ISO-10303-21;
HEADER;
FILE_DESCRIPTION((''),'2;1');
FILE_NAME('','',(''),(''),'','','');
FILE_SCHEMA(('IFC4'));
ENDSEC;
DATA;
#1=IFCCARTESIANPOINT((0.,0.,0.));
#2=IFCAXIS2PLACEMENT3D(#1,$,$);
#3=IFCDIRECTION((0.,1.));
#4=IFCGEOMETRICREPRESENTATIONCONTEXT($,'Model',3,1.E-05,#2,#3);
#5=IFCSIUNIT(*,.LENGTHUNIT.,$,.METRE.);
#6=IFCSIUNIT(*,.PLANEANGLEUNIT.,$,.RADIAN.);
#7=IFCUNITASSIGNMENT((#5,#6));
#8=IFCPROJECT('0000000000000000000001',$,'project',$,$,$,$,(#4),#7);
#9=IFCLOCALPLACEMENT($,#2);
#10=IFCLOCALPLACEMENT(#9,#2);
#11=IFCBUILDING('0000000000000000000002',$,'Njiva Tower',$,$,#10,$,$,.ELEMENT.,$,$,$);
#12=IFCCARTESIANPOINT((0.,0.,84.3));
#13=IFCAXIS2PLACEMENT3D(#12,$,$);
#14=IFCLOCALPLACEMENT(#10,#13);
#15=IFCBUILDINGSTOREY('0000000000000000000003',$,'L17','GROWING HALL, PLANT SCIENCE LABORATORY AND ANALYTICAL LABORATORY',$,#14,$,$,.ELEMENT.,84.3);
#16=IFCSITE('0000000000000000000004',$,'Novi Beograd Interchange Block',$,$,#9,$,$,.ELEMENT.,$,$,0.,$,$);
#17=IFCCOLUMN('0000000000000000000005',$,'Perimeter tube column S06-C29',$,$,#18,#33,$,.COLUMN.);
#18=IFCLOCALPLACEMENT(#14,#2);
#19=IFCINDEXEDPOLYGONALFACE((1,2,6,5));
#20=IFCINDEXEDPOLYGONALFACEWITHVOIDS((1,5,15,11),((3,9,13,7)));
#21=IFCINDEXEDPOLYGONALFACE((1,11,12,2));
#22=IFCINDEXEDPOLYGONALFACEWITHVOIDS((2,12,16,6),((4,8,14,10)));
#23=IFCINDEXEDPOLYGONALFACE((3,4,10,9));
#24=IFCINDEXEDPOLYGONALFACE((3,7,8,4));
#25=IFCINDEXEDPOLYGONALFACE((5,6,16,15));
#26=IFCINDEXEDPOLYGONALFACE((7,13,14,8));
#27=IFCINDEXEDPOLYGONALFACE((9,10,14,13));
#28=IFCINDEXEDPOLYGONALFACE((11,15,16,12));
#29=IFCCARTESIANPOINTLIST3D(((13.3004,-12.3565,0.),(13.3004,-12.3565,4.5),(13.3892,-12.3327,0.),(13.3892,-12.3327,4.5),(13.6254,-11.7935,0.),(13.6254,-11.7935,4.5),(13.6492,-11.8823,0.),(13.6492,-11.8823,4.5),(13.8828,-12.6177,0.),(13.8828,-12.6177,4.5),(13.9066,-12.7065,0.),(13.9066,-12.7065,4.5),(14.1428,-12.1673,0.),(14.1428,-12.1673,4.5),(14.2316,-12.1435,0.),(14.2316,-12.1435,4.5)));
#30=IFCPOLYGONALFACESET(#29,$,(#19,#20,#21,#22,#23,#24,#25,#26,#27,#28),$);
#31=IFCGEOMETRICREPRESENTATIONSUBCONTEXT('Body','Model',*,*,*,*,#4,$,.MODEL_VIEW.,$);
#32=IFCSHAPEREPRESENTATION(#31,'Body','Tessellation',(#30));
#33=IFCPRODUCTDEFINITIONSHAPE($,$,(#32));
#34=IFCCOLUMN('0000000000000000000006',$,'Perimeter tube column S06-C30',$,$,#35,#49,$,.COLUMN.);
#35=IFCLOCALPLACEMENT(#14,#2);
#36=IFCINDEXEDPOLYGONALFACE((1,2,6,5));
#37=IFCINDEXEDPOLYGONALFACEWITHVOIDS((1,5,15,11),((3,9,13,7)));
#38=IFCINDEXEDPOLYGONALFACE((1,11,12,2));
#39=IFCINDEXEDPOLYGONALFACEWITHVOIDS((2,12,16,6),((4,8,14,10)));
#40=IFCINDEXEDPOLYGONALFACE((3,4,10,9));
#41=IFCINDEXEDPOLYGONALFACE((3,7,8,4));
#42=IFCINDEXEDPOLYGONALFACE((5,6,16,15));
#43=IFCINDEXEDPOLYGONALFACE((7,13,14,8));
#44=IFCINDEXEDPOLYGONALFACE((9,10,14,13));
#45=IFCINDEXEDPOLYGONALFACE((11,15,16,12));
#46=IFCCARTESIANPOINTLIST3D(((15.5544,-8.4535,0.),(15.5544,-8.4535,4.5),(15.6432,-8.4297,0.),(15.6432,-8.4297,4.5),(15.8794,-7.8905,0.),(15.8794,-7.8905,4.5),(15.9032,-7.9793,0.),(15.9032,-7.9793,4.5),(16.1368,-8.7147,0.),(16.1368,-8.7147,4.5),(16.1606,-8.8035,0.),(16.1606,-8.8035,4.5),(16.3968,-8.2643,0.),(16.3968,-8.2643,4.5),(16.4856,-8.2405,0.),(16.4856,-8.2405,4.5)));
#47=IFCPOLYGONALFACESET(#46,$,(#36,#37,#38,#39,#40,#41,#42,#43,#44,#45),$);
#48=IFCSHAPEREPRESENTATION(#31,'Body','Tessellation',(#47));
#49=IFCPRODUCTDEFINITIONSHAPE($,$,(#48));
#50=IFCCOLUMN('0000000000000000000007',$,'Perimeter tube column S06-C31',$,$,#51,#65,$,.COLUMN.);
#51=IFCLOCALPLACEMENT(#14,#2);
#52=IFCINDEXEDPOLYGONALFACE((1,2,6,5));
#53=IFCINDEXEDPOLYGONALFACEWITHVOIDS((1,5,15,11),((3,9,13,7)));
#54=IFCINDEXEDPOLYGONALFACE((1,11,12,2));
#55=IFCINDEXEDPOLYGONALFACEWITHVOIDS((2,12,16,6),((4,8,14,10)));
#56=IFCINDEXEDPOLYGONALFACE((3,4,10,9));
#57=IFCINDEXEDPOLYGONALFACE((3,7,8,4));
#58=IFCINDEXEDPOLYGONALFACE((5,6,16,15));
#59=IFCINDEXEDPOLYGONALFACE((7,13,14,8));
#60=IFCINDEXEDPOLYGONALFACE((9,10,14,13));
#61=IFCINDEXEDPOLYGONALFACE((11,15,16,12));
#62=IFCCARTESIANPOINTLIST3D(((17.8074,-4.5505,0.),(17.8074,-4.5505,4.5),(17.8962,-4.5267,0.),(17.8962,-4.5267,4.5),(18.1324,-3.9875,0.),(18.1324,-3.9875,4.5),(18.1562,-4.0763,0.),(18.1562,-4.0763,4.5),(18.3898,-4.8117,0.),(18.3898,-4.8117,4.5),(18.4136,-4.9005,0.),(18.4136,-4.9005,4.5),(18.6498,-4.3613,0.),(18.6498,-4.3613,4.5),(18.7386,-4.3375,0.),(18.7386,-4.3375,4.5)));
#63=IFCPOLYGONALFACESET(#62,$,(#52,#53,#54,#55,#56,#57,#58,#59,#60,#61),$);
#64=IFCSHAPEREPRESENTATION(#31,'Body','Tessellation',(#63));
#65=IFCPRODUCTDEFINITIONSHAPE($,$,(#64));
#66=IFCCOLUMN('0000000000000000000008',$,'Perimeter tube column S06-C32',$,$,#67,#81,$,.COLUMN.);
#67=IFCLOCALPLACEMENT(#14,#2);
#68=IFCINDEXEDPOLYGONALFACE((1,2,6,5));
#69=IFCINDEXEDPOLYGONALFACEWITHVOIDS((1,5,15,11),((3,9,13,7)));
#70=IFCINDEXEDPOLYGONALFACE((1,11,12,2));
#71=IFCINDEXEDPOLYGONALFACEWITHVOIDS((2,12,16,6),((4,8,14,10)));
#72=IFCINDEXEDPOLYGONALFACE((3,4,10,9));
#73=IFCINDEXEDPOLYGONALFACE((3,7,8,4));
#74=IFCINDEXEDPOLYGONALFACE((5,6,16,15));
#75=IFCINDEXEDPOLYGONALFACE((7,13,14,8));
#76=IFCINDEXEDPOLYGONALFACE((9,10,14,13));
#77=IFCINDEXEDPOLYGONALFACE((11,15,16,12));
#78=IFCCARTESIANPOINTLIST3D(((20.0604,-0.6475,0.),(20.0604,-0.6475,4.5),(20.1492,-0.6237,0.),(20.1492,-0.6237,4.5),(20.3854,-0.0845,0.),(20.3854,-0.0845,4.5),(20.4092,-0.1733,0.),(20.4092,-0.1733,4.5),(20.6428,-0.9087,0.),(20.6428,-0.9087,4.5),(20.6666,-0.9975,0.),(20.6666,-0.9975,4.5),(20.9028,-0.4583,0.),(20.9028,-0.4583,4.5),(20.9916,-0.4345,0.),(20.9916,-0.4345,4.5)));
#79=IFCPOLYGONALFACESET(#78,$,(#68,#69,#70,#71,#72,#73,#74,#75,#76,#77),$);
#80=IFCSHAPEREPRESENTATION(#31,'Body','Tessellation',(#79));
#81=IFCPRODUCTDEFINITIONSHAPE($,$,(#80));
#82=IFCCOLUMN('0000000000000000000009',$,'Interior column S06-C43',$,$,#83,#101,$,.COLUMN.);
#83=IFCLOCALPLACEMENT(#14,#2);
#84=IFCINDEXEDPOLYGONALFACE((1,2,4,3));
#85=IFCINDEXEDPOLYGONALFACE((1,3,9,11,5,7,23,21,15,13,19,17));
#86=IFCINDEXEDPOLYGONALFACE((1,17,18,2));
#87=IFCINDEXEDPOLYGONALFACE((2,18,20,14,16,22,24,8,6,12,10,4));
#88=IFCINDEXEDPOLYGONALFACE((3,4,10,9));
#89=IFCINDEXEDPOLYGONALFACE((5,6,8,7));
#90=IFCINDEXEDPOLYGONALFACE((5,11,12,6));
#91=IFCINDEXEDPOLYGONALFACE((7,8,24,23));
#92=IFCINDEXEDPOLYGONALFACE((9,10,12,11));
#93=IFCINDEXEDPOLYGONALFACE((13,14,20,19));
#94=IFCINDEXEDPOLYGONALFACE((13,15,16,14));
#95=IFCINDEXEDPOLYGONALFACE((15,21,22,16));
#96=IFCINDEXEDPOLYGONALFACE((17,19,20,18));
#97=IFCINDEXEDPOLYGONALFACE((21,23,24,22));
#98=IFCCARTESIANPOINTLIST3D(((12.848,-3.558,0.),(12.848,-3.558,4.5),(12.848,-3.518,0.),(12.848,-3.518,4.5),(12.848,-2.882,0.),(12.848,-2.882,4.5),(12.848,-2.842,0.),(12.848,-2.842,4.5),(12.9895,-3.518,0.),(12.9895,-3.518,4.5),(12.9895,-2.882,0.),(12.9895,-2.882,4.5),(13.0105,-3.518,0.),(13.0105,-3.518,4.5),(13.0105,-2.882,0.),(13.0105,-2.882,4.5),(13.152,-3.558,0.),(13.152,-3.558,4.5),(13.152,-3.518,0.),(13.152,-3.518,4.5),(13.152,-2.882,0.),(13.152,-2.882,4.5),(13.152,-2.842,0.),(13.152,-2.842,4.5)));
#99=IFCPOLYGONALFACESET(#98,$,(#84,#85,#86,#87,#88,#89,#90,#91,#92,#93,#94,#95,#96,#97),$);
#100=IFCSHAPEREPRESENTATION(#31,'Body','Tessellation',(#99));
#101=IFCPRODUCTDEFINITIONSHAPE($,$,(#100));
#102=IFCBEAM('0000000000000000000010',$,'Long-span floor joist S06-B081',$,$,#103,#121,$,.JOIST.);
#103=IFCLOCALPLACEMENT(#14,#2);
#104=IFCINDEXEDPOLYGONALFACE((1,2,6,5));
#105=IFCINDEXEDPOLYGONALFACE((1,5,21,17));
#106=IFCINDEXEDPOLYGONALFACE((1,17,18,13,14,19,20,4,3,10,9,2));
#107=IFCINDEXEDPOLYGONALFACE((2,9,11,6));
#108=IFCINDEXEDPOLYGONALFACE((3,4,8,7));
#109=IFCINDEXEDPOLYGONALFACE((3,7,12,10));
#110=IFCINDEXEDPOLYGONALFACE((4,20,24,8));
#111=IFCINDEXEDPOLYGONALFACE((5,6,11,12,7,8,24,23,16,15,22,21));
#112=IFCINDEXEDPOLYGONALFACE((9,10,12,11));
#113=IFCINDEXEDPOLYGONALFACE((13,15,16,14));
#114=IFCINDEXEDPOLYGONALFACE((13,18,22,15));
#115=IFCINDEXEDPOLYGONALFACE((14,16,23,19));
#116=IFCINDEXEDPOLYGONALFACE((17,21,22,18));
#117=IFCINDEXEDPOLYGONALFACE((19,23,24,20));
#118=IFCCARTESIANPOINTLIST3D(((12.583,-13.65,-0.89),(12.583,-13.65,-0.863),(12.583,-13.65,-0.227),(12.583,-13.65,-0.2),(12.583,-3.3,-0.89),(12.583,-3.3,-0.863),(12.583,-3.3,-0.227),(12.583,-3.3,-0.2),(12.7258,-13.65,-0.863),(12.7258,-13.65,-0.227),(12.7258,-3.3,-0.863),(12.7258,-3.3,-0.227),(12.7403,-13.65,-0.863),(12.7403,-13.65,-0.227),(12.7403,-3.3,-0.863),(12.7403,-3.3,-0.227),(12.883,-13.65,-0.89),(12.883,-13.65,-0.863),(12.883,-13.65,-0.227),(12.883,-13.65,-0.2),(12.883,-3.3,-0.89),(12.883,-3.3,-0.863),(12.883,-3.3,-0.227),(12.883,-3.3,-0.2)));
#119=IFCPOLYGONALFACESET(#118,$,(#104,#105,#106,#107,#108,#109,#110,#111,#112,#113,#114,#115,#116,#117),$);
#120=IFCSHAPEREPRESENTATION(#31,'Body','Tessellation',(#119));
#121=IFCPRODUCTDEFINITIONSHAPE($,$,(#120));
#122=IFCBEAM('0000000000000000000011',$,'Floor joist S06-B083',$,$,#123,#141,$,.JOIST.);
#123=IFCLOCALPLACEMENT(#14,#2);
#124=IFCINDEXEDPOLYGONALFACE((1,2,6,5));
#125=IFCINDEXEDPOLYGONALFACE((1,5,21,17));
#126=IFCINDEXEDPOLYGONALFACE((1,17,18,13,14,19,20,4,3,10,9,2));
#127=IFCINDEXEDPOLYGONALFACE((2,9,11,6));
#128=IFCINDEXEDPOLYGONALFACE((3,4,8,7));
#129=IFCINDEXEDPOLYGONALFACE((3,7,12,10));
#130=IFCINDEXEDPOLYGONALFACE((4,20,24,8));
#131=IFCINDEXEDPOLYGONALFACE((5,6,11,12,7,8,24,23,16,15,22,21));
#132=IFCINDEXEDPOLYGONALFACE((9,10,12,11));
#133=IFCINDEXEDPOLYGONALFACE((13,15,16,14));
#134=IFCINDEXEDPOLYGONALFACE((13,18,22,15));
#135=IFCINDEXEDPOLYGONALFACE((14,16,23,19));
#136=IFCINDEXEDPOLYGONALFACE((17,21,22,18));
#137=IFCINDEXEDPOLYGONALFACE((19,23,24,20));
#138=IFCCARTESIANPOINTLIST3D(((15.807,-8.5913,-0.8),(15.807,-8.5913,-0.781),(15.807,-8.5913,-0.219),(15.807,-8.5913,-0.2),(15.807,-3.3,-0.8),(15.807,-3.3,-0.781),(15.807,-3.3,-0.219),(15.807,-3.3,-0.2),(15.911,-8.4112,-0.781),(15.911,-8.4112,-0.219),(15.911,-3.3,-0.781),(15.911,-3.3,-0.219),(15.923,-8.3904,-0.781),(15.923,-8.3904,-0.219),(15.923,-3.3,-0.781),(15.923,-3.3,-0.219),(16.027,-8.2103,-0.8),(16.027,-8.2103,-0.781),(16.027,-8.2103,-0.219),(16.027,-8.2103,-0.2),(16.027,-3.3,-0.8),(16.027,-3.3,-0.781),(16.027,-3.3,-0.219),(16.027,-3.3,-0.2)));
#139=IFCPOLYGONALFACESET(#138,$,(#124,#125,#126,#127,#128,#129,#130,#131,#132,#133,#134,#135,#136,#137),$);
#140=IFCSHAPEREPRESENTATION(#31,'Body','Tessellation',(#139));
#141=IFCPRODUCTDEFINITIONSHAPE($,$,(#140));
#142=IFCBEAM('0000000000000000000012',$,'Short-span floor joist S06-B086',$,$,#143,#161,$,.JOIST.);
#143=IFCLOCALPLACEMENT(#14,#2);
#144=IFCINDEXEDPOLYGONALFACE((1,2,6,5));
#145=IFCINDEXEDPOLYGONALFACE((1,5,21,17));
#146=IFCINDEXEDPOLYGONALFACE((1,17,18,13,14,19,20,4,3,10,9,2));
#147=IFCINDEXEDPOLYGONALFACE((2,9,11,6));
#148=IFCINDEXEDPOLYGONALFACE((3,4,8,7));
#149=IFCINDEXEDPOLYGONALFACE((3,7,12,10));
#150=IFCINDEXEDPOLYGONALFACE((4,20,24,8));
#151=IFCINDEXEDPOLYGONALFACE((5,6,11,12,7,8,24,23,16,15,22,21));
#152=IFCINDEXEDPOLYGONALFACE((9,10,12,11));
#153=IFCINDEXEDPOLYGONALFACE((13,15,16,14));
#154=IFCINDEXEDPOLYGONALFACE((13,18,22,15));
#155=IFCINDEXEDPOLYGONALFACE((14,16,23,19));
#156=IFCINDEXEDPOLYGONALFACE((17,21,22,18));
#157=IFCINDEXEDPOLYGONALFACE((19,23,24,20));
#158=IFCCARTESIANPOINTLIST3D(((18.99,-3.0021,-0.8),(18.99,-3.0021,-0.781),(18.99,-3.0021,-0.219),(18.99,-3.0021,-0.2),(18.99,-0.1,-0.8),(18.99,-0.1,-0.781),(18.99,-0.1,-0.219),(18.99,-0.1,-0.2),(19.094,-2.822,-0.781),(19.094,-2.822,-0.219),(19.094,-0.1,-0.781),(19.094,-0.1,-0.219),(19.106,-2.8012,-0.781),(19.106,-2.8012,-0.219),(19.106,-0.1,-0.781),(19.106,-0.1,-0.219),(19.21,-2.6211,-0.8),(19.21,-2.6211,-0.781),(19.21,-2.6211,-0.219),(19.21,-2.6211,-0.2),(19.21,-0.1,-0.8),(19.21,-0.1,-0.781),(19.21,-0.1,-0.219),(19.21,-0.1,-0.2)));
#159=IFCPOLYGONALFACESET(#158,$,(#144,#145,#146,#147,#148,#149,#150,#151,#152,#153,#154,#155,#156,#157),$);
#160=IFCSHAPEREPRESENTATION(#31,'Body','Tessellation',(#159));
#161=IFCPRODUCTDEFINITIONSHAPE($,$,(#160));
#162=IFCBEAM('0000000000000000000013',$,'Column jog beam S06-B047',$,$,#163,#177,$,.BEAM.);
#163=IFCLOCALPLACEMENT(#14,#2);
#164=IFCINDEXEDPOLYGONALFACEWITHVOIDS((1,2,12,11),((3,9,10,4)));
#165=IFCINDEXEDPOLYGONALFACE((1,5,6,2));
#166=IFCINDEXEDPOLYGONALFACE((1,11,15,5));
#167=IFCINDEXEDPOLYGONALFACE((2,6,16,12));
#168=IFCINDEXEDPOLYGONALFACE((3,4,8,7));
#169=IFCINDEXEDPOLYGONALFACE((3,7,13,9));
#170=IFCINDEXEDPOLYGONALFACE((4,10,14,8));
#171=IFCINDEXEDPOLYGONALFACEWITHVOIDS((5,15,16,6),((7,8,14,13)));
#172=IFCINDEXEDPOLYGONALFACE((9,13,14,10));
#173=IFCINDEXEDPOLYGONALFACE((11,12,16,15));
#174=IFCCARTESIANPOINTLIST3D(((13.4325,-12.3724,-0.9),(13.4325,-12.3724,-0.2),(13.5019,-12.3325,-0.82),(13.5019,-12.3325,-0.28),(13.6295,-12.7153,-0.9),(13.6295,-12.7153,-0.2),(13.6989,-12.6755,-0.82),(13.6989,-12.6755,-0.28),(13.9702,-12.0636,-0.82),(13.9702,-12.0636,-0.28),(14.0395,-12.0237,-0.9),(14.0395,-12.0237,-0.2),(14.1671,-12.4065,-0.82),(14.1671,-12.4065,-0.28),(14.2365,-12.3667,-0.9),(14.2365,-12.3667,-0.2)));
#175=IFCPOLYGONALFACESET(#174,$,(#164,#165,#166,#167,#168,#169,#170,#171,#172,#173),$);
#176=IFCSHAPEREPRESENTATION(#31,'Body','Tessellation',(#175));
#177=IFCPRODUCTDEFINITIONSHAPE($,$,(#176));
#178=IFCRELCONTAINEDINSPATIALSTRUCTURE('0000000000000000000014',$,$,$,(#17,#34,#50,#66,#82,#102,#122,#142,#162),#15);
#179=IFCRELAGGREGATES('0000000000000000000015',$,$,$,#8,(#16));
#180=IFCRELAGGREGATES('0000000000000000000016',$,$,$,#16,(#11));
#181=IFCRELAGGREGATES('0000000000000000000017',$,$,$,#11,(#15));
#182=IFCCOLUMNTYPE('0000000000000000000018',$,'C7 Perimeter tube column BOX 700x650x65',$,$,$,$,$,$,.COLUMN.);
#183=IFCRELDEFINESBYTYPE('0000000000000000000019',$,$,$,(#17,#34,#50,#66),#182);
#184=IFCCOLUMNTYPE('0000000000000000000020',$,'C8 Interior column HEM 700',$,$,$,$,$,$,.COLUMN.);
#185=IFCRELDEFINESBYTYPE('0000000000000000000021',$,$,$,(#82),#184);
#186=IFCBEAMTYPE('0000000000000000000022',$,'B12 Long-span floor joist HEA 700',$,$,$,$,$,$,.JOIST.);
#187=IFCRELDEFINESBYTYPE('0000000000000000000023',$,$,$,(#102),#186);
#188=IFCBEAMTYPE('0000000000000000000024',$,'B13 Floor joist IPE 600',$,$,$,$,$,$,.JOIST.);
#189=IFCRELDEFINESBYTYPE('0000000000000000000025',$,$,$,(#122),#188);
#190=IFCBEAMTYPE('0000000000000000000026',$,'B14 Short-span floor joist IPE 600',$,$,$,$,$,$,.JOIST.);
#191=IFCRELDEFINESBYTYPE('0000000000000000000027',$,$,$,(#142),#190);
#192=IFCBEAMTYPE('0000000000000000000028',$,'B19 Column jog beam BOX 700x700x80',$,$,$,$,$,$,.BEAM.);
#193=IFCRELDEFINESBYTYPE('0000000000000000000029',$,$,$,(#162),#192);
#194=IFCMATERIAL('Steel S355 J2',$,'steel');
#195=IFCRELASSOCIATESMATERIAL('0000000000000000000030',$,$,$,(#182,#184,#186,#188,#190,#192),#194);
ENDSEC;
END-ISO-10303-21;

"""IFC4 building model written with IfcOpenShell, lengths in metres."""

from ifc_helpers import new_model, si_unit, direction, frame, origin, origin_2d, place, context, subcontext, project, spatial, hollow_rectangle, i_section, extrude, clip, halfspace, material, material_profile, profile_set, type_object, element, save


model = new_model("IFC4")

# Units and contexts
model_context = context("Model", 3, precision=1e-05, world=origin(), true_north=direction((0.0, 1.0)))
body_context = subcontext(model_context, "Body", "Model", "MODEL_VIEW")
ifc_project = project(units=[si_unit("LENGTHUNIT", "METRE"), si_unit("PLANEANGLEUNIT", "RADIAN")], contexts=[model_context])

# Site, building, storey
site_placement = place(None, origin())
site = spatial("IfcSite", under=ifc_project, at=site_placement, Name="Novi Beograd Interchange Block", CompositionType="ELEMENT", RefElevation=0.0)
building_placement = place(site_placement, origin())
building = spatial("IfcBuilding", under=site, at=building_placement, Name="Njiva Tower", CompositionType="ELEMENT")
storey_placement = place(building_placement, frame((0.0, 0.0, 84.3)))
storey = spatial("IfcBuildingStorey", under=building, at=storey_placement, Name="L17", Description="GROWING HALL, PLANT SCIENCE LABORATORY AND ANALYTICAL LABORATORY", CompositionType="ELEMENT", Elevation=84.3)

# Columns
ifc_material_1 = material(Name="Steel S355 J2", Category="steel")
ifc_material_profile_1 = material_profile(ifc_material_1, hollow_rectangle(XDim=0.65, YDim=0.7, WallThickness=0.065, at=origin_2d()), Name="BOX 700x650x65")
ifc_profile_set_1 = profile_set([ifc_material_profile_1], Name="Steel S355 J2")
column_type_1 = type_object("IfcColumnType", Name="C7 Perimeter tube column BOX 700x650x65", PredefinedType="COLUMN", material=ifc_profile_set_1)
for number, where, z_axis, x_axis, name in (
    (1, (13.766, -12.25, 0.0), (0.0, 0.0, 1.0), (0.5, 0.866025, 0.0), "Perimeter tube column S06-C29"),
    (2, (16.02, -8.347, 0.0), (0.0, 0.0, 1.0), (0.5, 0.866025, 0.0), "Perimeter tube column S06-C30"),
    (3, (18.273, -4.444, 0.0), (0.0, 0.0, 1.0), (0.5, 0.866025, 0.0), "Perimeter tube column S06-C31"),
    (4, (20.526, -0.541, 0.0), (0.0, 0.0, 1.0), (0.5, 0.866025, 0.0), "Perimeter tube column S06-C32"),
):
    element("IfcColumn", number, at=place(storey_placement, frame(where, z_axis=z_axis, x_axis=x_axis)), inside=storey, type_object=column_type_1, Name=name, PredefinedType="COLUMN", context=body_context, shape_type="SweptSolid", body=[
        extrude(hollow_rectangle(XDim=0.65, YDim=0.7, WallThickness=0.065, at=origin_2d()), origin(), (0.0, 0.0, 1.0), 4.5),
    ])
ifc_material_profile_2 = material_profile(ifc_material_1, i_section(OverallWidth=0.304, OverallDepth=0.716, WebThickness=0.021, FlangeThickness=0.04, at=origin_2d()), Name="HEM 700")
ifc_profile_set_2 = profile_set([ifc_material_profile_2], Name="Steel S355 J2")
column_type_2 = type_object("IfcColumnType", Name="C8 Interior column HEM 700", PredefinedType="COLUMN", material=ifc_profile_set_2)
column_placement = place(storey_placement, frame((13.0, -3.2, 0.0), z_axis=(0.0, 0.0, 1.0), x_axis=(1.0, 0.0, 0.0)))
element("IfcColumn", 5, at=column_placement, inside=storey, type_object=column_type_2, Name="Interior column S06-C43", PredefinedType="COLUMN", context=body_context, shape_type="SweptSolid", body=[
    extrude(i_section(OverallWidth=0.304, OverallDepth=0.716, WebThickness=0.021, FlangeThickness=0.04, at=origin_2d()), origin(), (0.0, 0.0, 1.0), 4.5),
])

# Beams
ifc_material_profile_3 = material_profile(ifc_material_1, i_section(OverallWidth=0.3, OverallDepth=0.69, WebThickness=0.0145, FlangeThickness=0.027, at=origin_2d()), Name="HEA 700")
ifc_profile_set_3 = profile_set([ifc_material_profile_3], Name="Steel S355 J2")
beam_type_1 = type_object("IfcBeamType", Name="B12 Long-span floor joist HEA 700", PredefinedType="JOIST", material=ifc_profile_set_3)
beam_1_placement = place(storey_placement, frame((12.733, -3.3, -0.545), z_axis=(0.0, -1.0, 0.0), x_axis=(1.0, 0.0, 0.0)))
element("IfcBeam", 6, at=beam_1_placement, inside=storey, type_object=beam_type_1, Name="Long-span floor joist S06-B081", PredefinedType="JOIST", context=body_context, shape_type="SweptSolid", body=[
    extrude(i_section(OverallWidth=0.3, OverallDepth=0.69, WebThickness=0.0145, FlangeThickness=0.027, at=origin_2d()), origin(), (0.0, 0.0, 1.0), 10.35),
])
ifc_material_profile_4 = material_profile(ifc_material_1, i_section(OverallWidth=0.22, OverallDepth=0.6, WebThickness=0.012, FlangeThickness=0.019, at=origin_2d()), Name="IPE 600")
ifc_profile_set_4 = profile_set([ifc_material_profile_4], Name="Steel S355 J2")
beam_type_2 = type_object("IfcBeamType", Name="B13 Floor joist IPE 600", PredefinedType="JOIST", material=ifc_profile_set_4)
beam_2_placement = place(storey_placement, frame((15.917, -3.3, -0.5), z_axis=(0.0, -1.0, 0.0), x_axis=(1.0, 0.0, 0.0)))
element("IfcBeam", 7, at=beam_2_placement, inside=storey, type_object=beam_type_2, Name="Floor joist S06-B083", PredefinedType="JOIST", context=body_context, shape_type="Clipping", body=[
    clip(extrude(i_section(OverallWidth=0.22, OverallDepth=0.6, WebThickness=0.012, FlangeThickness=0.019, at=origin_2d()), origin(), (0.0, 0.0, 1.0), 5.312), halfspace(frame((0.043, 0.0, 5.0263), z_axis=(0.866027, 0.0, 0.499998), x_axis=(0.0, 1.0, 0.0)), False)),
])
ifc_material_profile_5 = material_profile(ifc_material_1, i_section(OverallWidth=0.22, OverallDepth=0.6, WebThickness=0.012, FlangeThickness=0.019, at=origin_2d()), Name="IPE 600")
ifc_profile_set_5 = profile_set([ifc_material_profile_5], Name="Steel S355 J2")
beam_type_3 = type_object("IfcBeamType", Name="B14 Short-span floor joist IPE 600", PredefinedType="JOIST", material=ifc_profile_set_5)
beam_3_placement = place(storey_placement, frame((19.1, -0.1, -0.5), z_axis=(0.0, -1.0, 0.0), x_axis=(1.0, 0.0, 0.0)))
element("IfcBeam", 8, at=beam_3_placement, inside=storey, type_object=beam_type_3, Name="Short-span floor joist S06-B086", PredefinedType="JOIST", context=body_context, shape_type="Clipping", body=[
    clip(extrude(i_section(OverallWidth=0.22, OverallDepth=0.6, WebThickness=0.012, FlangeThickness=0.019, at=origin_2d()), origin(), (0.0, 0.0, 1.0), 2.923), halfspace(frame((0.0433, 0.0, 2.6366), z_axis=(0.866027, 0.0, 0.499998), x_axis=(0.0, 1.0, 0.0)), False)),
])
ifc_material_profile_6 = material_profile(ifc_material_1, hollow_rectangle(XDim=0.7, YDim=0.7, WallThickness=0.08, at=origin_2d()), Name="BOX 700x700x80")
ifc_profile_set_6 = profile_set([ifc_material_profile_6], Name="Steel S355 J2")
beam_type_4 = type_object("IfcBeamType", Name="B19 Column jog beam BOX 700x700x80", PredefinedType="BEAM", material=ifc_profile_set_6)
beam_4_placement = place(storey_placement, frame((13.933, -12.541, -0.55), z_axis=(-0.498044, 0.867152, 0.0), x_axis=(-0.867152, -0.498044, 0.0)))
element("IfcBeam", 9, at=beam_4_placement, inside=storey, type_object=beam_type_4, Name="Column jog beam S06-B047", PredefinedType="BEAM", context=body_context, shape_type="SweptSolid", body=[
    extrude(hollow_rectangle(XDim=0.7, YDim=0.7, WallThickness=0.08, at=origin_2d()), origin(), (0.0, 0.0, 1.0), 0.3955),
])

save(model, "model.ifc")
